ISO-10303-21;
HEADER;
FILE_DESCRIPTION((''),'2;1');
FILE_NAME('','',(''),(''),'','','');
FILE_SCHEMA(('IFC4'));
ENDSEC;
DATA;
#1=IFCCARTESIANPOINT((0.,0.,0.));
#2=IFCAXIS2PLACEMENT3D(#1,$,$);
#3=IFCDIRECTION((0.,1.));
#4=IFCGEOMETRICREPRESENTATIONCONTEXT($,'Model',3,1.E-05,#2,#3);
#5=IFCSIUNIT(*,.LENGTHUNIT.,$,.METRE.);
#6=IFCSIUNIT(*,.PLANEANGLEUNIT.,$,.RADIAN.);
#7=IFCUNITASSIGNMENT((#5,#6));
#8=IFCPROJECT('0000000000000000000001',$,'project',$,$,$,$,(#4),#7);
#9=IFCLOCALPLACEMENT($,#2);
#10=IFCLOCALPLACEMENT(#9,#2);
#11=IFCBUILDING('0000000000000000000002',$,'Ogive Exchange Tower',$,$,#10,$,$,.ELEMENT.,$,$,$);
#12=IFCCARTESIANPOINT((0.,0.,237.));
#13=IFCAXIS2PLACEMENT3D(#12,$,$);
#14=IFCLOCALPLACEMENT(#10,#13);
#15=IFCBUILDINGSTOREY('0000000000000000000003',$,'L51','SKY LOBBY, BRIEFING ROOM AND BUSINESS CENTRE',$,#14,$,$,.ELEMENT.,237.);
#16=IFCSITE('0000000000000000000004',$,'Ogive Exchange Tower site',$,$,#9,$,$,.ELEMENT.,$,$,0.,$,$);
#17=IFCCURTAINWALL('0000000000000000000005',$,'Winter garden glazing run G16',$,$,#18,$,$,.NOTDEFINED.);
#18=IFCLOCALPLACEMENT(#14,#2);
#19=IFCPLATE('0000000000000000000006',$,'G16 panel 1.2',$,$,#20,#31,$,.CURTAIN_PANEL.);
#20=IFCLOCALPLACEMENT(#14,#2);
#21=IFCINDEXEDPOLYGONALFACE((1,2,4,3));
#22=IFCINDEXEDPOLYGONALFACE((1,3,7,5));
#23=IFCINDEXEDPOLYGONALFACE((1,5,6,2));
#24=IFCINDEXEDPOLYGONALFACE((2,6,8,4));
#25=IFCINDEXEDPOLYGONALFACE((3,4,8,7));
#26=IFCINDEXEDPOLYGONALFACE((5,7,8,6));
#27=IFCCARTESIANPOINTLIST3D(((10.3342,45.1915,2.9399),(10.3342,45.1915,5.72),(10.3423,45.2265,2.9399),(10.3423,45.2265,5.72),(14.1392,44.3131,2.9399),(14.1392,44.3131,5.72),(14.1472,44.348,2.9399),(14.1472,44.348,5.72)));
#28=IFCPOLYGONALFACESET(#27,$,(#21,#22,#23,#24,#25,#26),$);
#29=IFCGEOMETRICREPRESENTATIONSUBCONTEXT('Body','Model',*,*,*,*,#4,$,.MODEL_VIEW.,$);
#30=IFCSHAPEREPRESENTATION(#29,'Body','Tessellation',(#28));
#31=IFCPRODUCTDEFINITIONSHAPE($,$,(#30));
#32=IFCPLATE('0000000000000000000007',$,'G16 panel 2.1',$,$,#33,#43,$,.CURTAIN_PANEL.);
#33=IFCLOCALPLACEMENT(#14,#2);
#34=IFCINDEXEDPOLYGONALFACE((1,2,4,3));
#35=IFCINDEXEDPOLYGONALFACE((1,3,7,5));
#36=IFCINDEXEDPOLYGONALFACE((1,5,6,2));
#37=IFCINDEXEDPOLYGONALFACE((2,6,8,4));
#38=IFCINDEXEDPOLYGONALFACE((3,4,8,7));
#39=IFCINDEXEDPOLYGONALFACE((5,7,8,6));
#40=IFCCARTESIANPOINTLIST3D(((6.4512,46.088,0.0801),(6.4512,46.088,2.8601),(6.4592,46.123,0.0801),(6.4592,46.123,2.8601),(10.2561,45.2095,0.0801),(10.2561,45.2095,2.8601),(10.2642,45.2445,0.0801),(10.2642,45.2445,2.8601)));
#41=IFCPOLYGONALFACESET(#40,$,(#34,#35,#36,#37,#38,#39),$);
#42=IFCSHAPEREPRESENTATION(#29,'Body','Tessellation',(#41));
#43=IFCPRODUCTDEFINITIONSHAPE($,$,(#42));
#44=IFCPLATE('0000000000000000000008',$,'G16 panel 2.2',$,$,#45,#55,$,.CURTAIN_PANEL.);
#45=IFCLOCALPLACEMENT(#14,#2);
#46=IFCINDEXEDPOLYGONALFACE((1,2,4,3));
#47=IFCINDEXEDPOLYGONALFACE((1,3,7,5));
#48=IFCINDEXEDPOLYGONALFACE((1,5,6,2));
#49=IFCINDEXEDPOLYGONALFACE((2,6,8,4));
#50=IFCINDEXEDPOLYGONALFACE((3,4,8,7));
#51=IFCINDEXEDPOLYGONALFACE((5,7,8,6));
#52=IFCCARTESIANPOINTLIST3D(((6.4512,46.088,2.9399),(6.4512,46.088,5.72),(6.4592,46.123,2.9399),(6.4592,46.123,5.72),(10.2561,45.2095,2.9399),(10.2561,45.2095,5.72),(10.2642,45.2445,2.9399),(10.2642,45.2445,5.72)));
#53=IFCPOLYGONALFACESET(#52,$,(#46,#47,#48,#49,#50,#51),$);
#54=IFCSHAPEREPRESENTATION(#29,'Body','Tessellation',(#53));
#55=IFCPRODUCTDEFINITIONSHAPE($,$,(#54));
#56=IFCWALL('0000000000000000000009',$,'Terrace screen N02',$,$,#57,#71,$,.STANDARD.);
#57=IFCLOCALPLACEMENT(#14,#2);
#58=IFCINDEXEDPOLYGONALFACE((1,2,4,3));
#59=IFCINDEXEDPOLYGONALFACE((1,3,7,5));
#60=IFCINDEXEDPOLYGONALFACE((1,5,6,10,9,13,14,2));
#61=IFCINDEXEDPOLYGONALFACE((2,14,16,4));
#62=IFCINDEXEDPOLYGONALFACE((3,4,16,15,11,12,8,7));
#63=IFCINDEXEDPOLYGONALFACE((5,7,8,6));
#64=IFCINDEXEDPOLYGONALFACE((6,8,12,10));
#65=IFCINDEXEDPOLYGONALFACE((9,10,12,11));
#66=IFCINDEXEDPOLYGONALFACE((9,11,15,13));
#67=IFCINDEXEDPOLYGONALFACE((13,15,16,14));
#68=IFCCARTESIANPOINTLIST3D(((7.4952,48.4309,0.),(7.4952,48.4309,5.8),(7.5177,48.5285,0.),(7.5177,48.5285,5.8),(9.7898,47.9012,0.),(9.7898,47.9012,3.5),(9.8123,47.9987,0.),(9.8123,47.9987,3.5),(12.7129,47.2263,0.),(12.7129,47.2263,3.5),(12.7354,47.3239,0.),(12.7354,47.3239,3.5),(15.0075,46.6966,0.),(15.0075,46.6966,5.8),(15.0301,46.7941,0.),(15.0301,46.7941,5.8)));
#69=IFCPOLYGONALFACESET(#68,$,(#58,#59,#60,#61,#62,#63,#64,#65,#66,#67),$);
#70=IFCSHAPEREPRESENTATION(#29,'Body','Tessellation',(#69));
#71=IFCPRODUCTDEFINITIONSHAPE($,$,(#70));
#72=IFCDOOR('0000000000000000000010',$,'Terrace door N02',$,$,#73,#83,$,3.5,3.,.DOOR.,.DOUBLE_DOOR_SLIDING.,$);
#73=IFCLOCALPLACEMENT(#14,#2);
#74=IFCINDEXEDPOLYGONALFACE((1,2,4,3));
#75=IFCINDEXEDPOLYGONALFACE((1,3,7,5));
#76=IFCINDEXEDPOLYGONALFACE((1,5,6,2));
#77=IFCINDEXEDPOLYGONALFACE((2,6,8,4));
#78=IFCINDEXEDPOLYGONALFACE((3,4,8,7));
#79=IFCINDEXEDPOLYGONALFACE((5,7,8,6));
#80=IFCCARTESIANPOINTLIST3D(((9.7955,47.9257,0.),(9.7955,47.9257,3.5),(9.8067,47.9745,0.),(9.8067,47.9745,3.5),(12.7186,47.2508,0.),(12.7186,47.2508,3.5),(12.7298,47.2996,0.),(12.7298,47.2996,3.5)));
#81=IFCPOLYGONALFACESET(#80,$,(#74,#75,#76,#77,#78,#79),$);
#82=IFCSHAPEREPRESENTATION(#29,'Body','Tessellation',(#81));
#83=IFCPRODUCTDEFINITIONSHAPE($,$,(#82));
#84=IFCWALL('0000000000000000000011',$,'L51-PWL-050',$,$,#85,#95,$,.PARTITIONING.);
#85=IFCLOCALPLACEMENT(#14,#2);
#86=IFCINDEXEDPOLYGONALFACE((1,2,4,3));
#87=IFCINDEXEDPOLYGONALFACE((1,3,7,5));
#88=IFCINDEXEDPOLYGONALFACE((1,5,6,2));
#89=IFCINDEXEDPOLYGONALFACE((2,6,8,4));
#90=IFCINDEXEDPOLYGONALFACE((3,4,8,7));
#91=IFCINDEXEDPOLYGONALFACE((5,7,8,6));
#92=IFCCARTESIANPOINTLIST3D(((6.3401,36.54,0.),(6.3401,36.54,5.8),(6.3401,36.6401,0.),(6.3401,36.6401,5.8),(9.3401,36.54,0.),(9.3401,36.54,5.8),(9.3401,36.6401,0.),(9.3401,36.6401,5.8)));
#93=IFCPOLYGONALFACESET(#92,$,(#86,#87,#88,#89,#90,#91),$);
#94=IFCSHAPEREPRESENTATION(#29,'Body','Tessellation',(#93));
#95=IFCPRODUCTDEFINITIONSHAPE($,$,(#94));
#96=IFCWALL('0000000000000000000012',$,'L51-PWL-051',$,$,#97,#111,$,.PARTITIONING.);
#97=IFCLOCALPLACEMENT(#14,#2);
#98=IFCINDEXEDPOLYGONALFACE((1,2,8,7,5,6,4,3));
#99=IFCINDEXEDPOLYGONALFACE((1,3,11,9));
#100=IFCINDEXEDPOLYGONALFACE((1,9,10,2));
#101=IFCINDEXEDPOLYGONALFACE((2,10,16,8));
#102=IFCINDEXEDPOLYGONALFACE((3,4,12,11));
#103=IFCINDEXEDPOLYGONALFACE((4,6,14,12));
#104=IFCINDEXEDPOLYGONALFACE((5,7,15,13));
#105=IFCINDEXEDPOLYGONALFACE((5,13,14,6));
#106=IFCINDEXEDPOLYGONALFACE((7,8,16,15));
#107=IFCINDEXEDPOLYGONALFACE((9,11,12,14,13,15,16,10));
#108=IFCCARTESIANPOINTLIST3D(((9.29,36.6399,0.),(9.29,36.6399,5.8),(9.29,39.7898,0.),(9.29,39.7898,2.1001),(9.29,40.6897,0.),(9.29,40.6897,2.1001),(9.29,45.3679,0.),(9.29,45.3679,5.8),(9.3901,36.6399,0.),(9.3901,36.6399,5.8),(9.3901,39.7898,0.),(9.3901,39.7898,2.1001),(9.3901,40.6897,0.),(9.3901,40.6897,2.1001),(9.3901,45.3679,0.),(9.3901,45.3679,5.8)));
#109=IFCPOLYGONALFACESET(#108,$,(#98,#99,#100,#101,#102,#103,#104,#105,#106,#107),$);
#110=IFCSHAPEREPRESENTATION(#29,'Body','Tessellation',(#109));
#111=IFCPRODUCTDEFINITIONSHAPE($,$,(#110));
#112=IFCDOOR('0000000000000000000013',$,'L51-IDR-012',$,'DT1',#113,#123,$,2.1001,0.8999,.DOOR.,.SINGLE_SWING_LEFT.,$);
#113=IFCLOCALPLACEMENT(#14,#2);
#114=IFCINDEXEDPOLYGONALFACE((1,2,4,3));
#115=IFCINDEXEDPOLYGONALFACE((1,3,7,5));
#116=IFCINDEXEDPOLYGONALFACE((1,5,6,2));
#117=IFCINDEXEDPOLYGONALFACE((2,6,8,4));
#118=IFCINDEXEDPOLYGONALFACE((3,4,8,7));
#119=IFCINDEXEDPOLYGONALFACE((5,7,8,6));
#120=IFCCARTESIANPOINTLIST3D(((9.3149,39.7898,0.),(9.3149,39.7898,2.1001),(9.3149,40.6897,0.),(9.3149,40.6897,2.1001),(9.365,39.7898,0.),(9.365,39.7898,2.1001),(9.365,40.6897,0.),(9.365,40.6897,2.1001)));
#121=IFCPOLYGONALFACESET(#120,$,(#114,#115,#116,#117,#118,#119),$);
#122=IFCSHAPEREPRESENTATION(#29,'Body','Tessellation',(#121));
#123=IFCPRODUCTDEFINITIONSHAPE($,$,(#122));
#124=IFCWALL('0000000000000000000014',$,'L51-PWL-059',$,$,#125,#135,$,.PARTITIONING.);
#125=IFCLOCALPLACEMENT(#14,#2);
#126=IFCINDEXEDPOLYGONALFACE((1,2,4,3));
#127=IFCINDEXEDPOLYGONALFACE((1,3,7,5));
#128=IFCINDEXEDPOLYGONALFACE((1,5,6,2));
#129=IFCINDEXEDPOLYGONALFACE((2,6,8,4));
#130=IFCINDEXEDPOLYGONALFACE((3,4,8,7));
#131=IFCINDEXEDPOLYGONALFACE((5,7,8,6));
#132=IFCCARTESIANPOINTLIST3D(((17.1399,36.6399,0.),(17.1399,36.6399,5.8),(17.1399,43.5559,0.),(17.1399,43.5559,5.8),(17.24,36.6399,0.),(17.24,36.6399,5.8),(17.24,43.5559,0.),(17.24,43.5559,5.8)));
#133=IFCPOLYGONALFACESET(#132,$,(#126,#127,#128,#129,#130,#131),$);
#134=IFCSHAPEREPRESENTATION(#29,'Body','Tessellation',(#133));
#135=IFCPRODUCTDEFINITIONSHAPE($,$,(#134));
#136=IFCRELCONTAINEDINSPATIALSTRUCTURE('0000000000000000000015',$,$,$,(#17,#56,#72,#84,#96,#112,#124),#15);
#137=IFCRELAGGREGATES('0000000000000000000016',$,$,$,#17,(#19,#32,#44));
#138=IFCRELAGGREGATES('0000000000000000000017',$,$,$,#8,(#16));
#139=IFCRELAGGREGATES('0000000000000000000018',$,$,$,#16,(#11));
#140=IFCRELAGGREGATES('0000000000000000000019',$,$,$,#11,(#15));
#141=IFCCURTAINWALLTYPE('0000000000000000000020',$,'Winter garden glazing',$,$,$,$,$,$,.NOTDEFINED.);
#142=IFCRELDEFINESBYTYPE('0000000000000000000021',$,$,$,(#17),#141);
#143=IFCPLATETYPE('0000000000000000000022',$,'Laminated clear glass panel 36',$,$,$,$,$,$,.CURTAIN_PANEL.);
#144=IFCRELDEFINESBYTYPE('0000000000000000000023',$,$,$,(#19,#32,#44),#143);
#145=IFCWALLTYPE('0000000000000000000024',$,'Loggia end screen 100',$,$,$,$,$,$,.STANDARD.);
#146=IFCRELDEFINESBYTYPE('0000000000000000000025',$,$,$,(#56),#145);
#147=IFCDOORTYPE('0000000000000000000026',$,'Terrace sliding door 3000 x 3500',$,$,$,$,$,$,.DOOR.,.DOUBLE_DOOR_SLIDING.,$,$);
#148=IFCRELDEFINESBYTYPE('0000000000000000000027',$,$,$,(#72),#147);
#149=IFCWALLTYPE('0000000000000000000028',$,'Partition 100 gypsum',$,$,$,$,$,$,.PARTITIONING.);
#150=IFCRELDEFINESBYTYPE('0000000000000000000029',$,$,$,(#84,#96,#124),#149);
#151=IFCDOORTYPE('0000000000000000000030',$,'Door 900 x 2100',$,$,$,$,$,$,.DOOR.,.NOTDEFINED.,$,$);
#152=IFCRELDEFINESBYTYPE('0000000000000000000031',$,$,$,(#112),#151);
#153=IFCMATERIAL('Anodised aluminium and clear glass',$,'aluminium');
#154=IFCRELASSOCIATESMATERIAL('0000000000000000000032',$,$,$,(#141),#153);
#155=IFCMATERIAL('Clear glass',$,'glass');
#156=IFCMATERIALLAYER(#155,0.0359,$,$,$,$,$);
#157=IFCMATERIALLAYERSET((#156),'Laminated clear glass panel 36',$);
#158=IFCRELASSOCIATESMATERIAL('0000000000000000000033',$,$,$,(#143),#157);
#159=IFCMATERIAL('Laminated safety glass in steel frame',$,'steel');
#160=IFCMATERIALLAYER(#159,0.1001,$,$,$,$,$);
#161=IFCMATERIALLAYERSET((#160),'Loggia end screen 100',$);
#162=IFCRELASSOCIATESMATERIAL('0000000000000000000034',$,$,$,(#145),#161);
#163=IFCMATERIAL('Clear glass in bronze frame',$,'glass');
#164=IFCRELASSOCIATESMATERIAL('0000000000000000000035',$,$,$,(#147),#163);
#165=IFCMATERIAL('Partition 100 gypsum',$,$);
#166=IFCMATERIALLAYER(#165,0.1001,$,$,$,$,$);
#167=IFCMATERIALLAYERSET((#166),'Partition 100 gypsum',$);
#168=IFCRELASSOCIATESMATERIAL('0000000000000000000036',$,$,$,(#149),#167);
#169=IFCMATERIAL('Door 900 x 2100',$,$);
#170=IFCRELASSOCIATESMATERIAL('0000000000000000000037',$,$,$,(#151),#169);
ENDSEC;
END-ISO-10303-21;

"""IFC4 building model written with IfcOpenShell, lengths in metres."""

from ifc_helpers import new_model, si_unit, direction, frame, frame_2d, origin, origin_2d, place, context, subcontext, project, spatial, rectangle, extrude, material, layer, layer_set, type_object, element, fill, aggregate, save


model = new_model("IFC4")

# Units and contexts
model_context = context("Model", 3, precision=1e-05, world=origin(), true_north=direction((0.0, 1.0)))
body_context = subcontext(model_context, "Body", "Model", "MODEL_VIEW")
ifc_project = project(units=[si_unit("LENGTHUNIT", "METRE"), si_unit("PLANEANGLEUNIT", "RADIAN")], contexts=[model_context])

# Site, building, storey
site_placement = place(None, origin())
site = spatial("IfcSite", under=ifc_project, at=site_placement, Name="Ogive Exchange Tower site", CompositionType="ELEMENT", RefElevation=0.0)
building_placement = place(site_placement, origin())
building = spatial("IfcBuilding", under=site, at=building_placement, Name="Ogive Exchange Tower", CompositionType="ELEMENT")
storey_placement = place(building_placement, frame((0.0, 0.0, 237.0)))
storey = spatial("IfcBuildingStorey", under=building, at=storey_placement, Name="L51", Description="SKY LOBBY, BRIEFING ROOM AND BUSINESS CENTRE", CompositionType="ELEMENT", Elevation=237.0)

# Curtain wall, plates
ifc_material_1 = material(Name="Anodised aluminium and clear glass", Category="aluminium")
curtain_wall_type = type_object("IfcCurtainWallType", Name="Winter garden glazing", PredefinedType="NOTDEFINED", material=ifc_material_1)
curtain_wall_placement = place(storey_placement, origin())
curtain_wall = element("IfcCurtainWall", 1, at=curtain_wall_placement, inside=storey, type_object=curtain_wall_type, Name="Winter garden glazing run G16", PredefinedType="NOTDEFINED")
ifc_material_2 = material(Name="Clear glass", Category="glass")
ifc_layer_1 = layer(ifc_material_2, 0.0359)
ifc_layer_set_1 = layer_set([ifc_layer_1], Name="Laminated clear glass panel 36")
plate_type = type_object("IfcPlateType", Name="Laminated clear glass panel 36", PredefinedType="CURTAIN_PANEL", material=ifc_layer_set_1)
plate_1_placement = place(storey_placement, frame((12.2407, 44.7698, 2.9399), z_axis=(0.0, 0.0, 1.0), x_axis=(-0.974368, 0.224958, 0.0)))
plate_1 = element("IfcPlate", 2, at=plate_1_placement, type_object=plate_type, Name="G16 panel 1.2", PredefinedType="CURTAIN_PANEL", context=body_context, shape_type="SweptSolid", body=[
    extrude(rectangle(XDim=3.905, YDim=0.0359, at=origin_2d()), origin(), (0.0, 0.0, 1.0), 2.78),
])
plate_2_placement = place(storey_placement, frame((8.3577, 45.6663, 0.0801), z_axis=(0.0, 0.0, 1.0), x_axis=(-0.974368, 0.224958, 0.0)))
plate_2 = element("IfcPlate", 3, at=plate_2_placement, type_object=plate_type, Name="G16 panel 2.1", PredefinedType="CURTAIN_PANEL", context=body_context, shape_type="SweptSolid", body=[
    extrude(rectangle(XDim=3.905, YDim=0.0359, at=origin_2d()), origin(), (0.0, 0.0, 1.0), 2.78),
])
plate_3_placement = place(storey_placement, frame((8.3577, 45.6663, 2.9399), z_axis=(0.0, 0.0, 1.0), x_axis=(-0.974368, 0.224958, 0.0)))
plate_3 = element("IfcPlate", 4, at=plate_3_placement, type_object=plate_type, Name="G16 panel 2.2", PredefinedType="CURTAIN_PANEL", context=body_context, shape_type="SweptSolid", body=[
    extrude(rectangle(XDim=3.905, YDim=0.0359, at=origin_2d()), origin(), (0.0, 0.0, 1.0), 2.78),
])
aggregate(curtain_wall, [plate_1, plate_2, plate_3])

# Wall, opening, door
ifc_material_3 = material(Name="Laminated safety glass in steel frame", Category="steel")
ifc_layer_2 = layer(ifc_material_3, 0.1001)
ifc_layer_set_2 = layer_set([ifc_layer_2], Name="Loggia end screen 100")
wall_type_1 = type_object("IfcWallType", Name="Loggia end screen 100", PredefinedType="STANDARD", material=ifc_layer_set_2)
wall_1_placement = place(storey_placement, frame((15.0188, 46.7454, 0.0), z_axis=(0.0, 0.0, 1.0), x_axis=(-0.97437, 0.22495, 0.0)))
wall_1 = element("IfcWall", 5, at=wall_1_placement, inside=storey, type_object=wall_type_1, Name="Terrace screen N02", PredefinedType="STANDARD", context=body_context, shape_type="SweptSolid", body=[
    extrude(rectangle(XDim=7.71, YDim=0.1001, at=frame_2d((3.855, 0.0))), origin(), (0.0, 0.0, 1.0), 5.8),
])
opening_1_placement = place(wall_1_placement, frame((2.355, 0.0, 0.0)))
opening_1 = element("IfcOpeningElement", 6, at=opening_1_placement, cuts=wall_1, PredefinedType="OPENING", context=body_context, shape_type="SweptSolid", body=[
    extrude(rectangle(XDim=3.0, YDim=3.5, at=frame_2d((1.5, 1.75))), frame((0.0, 0.0601, 0.0), z_axis=(0.0, -1.0, 0.0), x_axis=(1.0, 0.0, 0.0)), (0.0, 0.0, 1.0), 0.1201),
])
ifc_material_4 = material(Name="Clear glass in bronze frame", Category="glass")
door_type_1 = type_object("IfcDoorType", Name="Terrace sliding door 3000 x 3500", OperationType="DOUBLE_DOOR_SLIDING", PredefinedType="DOOR", material=ifc_material_4)
door_1_placement = place(opening_1_placement, origin())
door_1 = element("IfcDoor", 7, at=door_1_placement, inside=storey, type_object=door_type_1, Name="Terrace door N02", OperationType="DOUBLE_DOOR_SLIDING", OverallHeight=3.5, OverallWidth=3.0, PredefinedType="DOOR", context=body_context, shape_type="SweptSolid", body=[
    extrude(rectangle(XDim=3.0, YDim=3.5, at=frame_2d((1.5, 1.75))), frame((0.0, 0.0249, 0.0), z_axis=(0.0, -1.0, 0.0), x_axis=(1.0, 0.0, 0.0)), (0.0, 0.0, 1.0), 0.05),
])
fill(opening_1, door_1)

# Wall
ifc_material_5 = material(Name="Partition 100 gypsum")
ifc_layer_3 = layer(ifc_material_5, 0.1001)
ifc_layer_set_3 = layer_set([ifc_layer_3], Name="Partition 100 gypsum")
wall_type_2 = type_object("IfcWallType", Name="Partition 100 gypsum", PredefinedType="PARTITIONING", material=ifc_layer_set_3)
wall_2_placement = place(storey_placement, frame((9.3401, 36.5901, 0.0), z_axis=(0.0, 0.0, 1.0), x_axis=(-1.0, 0.0, 0.0)))
element("IfcWall", 8, at=wall_2_placement, inside=storey, type_object=wall_type_2, Name="L51-PWL-050", PredefinedType="PARTITIONING", context=body_context, shape_type="SweptSolid", body=[
    extrude(rectangle(XDim=3.0, YDim=0.1001, at=frame_2d((1.5, 0.0))), origin(), (0.0, 0.0, 1.0), 5.8),
])

# Wall, opening, door
wall_3_placement = place(storey_placement, frame((9.3401, 36.6399, 0.0), z_axis=(0.0, 0.0, 1.0), x_axis=(0.0, 1.0, 0.0)))
wall_3 = element("IfcWall", 9, at=wall_3_placement, inside=storey, type_object=wall_type_2, Name="L51-PWL-051", PredefinedType="PARTITIONING", context=body_context, shape_type="SweptSolid", body=[
    extrude(rectangle(XDim=8.728, YDim=0.1001, at=frame_2d((4.364, 0.0))), origin(), (0.0, 0.0, 1.0), 5.8),
])
opening_2_placement = place(wall_3_placement, frame((3.1499, 0.0, 0.0)))
opening_2 = element("IfcOpeningElement", 10, at=opening_2_placement, cuts=wall_3, PredefinedType="OPENING", context=body_context, shape_type="SweptSolid", body=[
    extrude(rectangle(XDim=0.8999, YDim=2.1001, at=frame_2d((0.45, 1.05))), frame((0.0, 0.0601, 0.0), z_axis=(0.0, -1.0, 0.0), x_axis=(1.0, 0.0, 0.0)), (0.0, 0.0, 1.0), 0.1201),
])
ifc_material_6 = material(Name="Door 900 x 2100")
door_type_2 = type_object("IfcDoorType", Name="Door 900 x 2100", OperationType="NOTDEFINED", PredefinedType="DOOR", material=ifc_material_6)
door_2_placement = place(opening_2_placement, frame((0.8999, 0.0, 0.0), z_axis=(0.0, 0.0, 1.0), x_axis=(-1.0, 0.0, 0.0)))
door_2 = element("IfcDoor", 11, at=door_2_placement, inside=storey, type_object=door_type_2, Name="L51-IDR-012", ObjectType="DT1", OperationType="SINGLE_SWING_LEFT", OverallHeight=2.1001, OverallWidth=0.8999, PredefinedType="DOOR", context=body_context, shape_type="SweptSolid", body=[
    extrude(rectangle(XDim=0.8999, YDim=2.1001, at=frame_2d((0.45, 1.05))), frame((0.0, 0.0249, 0.0), z_axis=(0.0, -1.0, 0.0), x_axis=(1.0, 0.0, 0.0)), (0.0, 0.0, 1.0), 0.05),
])
fill(opening_2, door_2)

# Wall
wall_4_placement = place(storey_placement, frame((17.1899, 43.5559, 0.0), z_axis=(0.0, 0.0, 1.0), x_axis=(0.0, -1.0, 0.0)))
element("IfcWall", 12, at=wall_4_placement, inside=storey, type_object=wall_type_2, Name="L51-PWL-059", PredefinedType="PARTITIONING", context=body_context, shape_type="SweptSolid", body=[
    extrude(rectangle(XDim=6.916, YDim=0.1001, at=frame_2d((3.458, 0.0))), origin(), (0.0, 0.0, 1.0), 5.8),
])

save(model, "model.ifc")
